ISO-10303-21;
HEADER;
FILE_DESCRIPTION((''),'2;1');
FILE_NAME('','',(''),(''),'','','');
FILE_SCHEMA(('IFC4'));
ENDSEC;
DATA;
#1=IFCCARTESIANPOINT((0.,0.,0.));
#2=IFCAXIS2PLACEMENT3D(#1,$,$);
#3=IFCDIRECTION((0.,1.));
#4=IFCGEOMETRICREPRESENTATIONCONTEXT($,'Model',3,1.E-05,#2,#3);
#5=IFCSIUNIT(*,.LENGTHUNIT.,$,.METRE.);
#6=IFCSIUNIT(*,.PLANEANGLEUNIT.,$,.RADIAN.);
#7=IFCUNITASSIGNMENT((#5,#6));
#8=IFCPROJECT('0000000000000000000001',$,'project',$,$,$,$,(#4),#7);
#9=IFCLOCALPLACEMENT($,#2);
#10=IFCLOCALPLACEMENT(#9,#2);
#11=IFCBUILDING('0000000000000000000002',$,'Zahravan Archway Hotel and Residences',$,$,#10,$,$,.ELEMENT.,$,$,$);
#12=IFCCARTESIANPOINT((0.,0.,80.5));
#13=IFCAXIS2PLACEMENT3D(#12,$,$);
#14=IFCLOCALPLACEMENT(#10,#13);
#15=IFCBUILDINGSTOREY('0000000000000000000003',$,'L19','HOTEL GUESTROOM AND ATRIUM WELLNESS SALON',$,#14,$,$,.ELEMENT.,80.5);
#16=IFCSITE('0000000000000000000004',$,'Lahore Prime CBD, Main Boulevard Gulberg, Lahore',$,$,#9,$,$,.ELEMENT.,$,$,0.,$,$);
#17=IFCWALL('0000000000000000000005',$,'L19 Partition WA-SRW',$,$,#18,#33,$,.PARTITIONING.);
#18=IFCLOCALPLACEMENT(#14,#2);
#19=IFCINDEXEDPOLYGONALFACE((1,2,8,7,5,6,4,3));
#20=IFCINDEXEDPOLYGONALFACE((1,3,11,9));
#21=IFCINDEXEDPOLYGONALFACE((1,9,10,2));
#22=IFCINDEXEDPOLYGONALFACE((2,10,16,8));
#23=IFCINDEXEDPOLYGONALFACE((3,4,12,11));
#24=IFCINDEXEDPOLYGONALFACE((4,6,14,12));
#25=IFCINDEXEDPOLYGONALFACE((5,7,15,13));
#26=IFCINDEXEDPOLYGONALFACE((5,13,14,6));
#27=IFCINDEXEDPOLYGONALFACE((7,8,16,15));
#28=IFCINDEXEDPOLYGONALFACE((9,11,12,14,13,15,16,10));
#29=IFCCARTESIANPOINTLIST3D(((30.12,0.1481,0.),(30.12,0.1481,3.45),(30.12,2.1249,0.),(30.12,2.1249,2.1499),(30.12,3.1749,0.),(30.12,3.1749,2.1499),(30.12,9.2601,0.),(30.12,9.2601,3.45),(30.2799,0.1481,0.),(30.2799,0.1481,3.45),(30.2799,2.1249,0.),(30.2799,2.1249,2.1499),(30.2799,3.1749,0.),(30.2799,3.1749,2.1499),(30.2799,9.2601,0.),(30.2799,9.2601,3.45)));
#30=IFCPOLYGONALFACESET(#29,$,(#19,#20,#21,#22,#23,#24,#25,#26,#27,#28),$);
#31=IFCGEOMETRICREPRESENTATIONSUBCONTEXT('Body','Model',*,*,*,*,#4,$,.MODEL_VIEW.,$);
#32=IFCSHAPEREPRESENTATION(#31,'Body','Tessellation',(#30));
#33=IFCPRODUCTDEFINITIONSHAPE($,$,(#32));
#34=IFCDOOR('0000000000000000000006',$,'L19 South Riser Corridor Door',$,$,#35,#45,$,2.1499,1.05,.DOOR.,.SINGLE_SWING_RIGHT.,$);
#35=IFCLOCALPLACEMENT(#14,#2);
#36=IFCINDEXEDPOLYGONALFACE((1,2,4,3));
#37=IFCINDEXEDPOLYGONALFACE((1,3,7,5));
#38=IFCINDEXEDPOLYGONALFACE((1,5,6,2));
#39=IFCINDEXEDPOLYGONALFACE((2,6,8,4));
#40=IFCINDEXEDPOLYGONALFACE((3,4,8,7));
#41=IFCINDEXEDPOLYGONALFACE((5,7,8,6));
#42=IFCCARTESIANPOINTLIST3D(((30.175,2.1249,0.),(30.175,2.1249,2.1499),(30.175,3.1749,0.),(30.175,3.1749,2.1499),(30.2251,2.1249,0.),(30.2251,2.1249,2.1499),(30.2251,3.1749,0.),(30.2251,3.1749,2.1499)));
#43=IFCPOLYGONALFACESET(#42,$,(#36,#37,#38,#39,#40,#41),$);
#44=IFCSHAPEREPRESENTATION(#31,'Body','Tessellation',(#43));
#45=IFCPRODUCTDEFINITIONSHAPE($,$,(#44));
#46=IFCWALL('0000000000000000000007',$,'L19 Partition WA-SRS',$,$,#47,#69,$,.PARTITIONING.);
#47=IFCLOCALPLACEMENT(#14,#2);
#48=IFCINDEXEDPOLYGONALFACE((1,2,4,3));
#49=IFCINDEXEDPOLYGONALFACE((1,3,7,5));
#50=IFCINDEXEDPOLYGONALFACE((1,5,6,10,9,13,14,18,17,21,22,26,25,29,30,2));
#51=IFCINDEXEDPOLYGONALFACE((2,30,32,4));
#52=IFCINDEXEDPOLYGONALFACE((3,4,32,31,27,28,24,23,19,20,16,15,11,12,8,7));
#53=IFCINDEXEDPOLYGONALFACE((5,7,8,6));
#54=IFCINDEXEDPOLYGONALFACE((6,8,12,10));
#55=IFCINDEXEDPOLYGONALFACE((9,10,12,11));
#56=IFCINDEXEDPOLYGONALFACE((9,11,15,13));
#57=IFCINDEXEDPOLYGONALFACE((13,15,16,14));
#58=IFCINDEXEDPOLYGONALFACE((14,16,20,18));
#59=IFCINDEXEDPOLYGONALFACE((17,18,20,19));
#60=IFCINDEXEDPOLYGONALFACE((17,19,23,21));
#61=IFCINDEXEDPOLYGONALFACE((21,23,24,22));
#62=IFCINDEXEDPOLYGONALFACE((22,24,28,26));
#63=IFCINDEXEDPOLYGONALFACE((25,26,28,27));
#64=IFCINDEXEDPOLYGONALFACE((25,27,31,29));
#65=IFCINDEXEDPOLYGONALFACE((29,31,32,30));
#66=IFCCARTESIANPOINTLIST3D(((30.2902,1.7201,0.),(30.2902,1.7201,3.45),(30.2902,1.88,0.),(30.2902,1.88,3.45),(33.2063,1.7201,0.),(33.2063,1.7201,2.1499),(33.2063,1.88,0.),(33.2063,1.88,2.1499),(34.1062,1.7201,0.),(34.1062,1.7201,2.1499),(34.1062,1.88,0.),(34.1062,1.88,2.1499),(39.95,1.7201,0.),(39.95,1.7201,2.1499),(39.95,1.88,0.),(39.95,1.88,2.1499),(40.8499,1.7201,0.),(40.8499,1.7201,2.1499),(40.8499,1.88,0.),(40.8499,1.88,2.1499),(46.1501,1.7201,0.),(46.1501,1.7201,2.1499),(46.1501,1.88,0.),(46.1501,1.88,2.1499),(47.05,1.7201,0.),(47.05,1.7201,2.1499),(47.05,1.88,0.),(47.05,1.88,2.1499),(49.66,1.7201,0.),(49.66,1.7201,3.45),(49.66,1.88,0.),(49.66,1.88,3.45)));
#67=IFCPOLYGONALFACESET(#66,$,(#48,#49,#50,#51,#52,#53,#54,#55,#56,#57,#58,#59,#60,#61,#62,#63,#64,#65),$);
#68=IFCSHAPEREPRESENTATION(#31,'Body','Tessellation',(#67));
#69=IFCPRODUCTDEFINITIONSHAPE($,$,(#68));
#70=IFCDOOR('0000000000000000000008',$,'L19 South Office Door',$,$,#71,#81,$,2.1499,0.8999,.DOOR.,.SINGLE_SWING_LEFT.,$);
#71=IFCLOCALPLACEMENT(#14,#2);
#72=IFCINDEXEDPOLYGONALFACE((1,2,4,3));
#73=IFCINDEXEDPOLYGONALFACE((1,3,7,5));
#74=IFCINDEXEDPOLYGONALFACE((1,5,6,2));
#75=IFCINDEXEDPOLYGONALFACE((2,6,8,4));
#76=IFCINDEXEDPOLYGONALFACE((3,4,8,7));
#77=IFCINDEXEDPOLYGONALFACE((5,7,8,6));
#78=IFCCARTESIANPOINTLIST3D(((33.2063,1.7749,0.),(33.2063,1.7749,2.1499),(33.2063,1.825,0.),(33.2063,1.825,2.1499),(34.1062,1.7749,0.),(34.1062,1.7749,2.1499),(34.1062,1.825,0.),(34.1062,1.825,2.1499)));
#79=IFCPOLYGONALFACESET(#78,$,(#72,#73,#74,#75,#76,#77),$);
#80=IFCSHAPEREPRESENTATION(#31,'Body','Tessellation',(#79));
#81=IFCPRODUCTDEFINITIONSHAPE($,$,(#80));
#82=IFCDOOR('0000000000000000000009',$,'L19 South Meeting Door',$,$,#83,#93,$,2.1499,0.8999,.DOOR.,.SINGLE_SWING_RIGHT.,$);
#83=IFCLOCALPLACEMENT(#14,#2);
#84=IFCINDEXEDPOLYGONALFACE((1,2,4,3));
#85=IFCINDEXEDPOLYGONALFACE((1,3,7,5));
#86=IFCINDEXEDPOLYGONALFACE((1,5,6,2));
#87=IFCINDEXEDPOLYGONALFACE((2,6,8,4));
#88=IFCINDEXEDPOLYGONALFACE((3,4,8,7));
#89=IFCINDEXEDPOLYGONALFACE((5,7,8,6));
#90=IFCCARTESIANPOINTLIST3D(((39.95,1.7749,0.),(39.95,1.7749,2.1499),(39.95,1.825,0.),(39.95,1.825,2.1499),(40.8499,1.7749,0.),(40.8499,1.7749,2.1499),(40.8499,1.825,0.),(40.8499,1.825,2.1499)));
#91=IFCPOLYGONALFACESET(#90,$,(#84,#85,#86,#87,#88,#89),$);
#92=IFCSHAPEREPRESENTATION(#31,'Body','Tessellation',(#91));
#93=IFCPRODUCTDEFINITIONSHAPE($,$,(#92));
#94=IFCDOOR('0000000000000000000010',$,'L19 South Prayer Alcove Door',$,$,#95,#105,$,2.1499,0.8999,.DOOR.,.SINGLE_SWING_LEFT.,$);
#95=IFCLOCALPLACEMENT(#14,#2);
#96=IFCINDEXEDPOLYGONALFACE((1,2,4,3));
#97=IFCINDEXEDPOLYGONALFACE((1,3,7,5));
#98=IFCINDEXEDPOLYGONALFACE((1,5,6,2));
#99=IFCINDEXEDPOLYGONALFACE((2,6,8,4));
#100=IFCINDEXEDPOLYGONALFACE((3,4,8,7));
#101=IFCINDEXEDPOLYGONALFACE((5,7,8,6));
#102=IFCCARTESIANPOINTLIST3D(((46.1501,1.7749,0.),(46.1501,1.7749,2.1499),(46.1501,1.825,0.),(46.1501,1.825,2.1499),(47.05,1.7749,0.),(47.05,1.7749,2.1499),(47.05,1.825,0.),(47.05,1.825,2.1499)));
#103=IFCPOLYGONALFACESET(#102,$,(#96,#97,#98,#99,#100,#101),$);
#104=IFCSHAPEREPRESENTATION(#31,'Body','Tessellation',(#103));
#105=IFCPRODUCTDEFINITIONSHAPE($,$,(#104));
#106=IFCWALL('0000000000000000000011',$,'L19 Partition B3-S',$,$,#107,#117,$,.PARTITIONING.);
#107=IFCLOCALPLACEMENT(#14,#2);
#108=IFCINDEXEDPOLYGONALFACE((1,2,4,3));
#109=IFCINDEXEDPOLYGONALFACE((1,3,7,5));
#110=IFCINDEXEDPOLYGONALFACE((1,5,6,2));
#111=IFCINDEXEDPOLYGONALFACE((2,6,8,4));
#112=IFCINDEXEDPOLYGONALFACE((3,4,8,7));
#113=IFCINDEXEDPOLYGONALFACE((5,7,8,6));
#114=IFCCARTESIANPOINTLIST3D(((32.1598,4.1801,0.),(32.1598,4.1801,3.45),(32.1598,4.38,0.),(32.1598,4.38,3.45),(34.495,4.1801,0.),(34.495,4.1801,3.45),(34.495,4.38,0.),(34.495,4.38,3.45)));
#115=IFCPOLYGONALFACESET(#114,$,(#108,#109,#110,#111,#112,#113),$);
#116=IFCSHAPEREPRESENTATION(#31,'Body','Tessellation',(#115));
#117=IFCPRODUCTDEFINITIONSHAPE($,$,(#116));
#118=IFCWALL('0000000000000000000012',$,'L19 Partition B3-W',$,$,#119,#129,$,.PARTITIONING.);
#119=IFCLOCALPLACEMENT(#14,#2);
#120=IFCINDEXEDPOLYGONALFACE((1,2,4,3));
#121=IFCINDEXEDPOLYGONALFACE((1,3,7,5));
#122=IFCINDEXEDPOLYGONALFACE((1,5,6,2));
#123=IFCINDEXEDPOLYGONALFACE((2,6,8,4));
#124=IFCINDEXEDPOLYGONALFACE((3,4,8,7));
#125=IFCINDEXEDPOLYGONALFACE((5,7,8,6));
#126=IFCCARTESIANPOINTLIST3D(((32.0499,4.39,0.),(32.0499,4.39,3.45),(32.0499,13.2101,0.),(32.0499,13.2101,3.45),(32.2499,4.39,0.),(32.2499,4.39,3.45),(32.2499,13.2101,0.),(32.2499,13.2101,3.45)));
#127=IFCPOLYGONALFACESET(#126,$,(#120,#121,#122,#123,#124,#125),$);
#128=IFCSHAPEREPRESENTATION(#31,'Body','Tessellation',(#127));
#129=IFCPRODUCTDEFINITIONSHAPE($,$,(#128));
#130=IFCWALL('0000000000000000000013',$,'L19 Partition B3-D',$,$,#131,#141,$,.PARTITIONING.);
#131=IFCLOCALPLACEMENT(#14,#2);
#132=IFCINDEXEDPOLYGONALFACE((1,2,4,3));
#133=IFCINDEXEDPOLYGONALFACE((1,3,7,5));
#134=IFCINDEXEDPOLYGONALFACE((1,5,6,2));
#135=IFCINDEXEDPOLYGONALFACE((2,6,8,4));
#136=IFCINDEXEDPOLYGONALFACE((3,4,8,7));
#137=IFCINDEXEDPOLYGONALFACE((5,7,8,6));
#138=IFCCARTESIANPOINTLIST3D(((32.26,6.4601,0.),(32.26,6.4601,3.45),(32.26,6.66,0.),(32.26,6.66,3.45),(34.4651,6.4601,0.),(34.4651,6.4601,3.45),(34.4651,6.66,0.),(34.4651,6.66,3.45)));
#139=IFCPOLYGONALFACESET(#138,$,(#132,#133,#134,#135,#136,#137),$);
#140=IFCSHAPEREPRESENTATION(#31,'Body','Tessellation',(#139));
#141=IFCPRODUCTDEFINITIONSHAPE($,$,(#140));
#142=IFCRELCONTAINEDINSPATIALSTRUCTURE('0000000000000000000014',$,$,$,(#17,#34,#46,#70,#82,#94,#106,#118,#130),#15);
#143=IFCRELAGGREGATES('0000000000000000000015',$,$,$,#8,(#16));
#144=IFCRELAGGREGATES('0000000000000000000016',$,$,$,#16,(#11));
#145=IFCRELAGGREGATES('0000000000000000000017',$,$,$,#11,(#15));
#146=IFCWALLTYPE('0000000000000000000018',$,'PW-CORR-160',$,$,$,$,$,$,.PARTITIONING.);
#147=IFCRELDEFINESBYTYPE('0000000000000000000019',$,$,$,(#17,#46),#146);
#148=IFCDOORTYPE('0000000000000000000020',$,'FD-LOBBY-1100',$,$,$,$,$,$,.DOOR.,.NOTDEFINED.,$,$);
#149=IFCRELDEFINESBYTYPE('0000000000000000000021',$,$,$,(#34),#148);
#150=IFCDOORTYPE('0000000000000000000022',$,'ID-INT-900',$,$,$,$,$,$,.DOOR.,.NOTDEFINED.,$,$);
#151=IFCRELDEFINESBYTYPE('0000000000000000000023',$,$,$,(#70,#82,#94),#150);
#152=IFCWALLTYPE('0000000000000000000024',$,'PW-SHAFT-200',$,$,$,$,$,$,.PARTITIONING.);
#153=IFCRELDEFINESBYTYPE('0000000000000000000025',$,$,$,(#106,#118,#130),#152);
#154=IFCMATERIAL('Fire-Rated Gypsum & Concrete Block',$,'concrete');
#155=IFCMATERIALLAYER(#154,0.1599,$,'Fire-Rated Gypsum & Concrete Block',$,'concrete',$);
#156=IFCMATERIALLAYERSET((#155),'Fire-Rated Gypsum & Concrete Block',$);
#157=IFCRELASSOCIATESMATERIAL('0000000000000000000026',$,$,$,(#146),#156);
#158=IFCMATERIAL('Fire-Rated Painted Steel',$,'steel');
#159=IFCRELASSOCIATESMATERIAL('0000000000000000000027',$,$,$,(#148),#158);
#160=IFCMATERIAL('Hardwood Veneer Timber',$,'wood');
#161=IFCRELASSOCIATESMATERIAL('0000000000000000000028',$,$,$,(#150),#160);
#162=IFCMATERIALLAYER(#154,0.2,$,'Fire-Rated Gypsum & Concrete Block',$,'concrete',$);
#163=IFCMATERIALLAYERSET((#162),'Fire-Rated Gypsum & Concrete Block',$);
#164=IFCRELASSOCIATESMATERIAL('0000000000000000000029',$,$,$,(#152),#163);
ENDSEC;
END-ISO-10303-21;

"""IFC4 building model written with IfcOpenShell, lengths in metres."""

from ifc_helpers import new_model, si_unit, direction, frame, frame_2d, origin, place, context, subcontext, project, spatial, rectangle, extrude, source, transform, mapped, material, layer, layer_set, type_object, type_shapes, element, fill, save


model = new_model("IFC4")

# Units and contexts
model_context = context("Model", 3, precision=1e-05, world=origin(), true_north=direction((0.0, 1.0)))
body_context = subcontext(model_context, "Body", "Model", "MODEL_VIEW")
ifc_project = project(units=[si_unit("LENGTHUNIT", "METRE"), si_unit("PLANEANGLEUNIT", "RADIAN")], contexts=[model_context])

# Site, building, storey
site_placement = place(None, origin())
site = spatial("IfcSite", under=ifc_project, at=site_placement, Name="Lahore Prime CBD, Main Boulevard Gulberg, Lahore", CompositionType="ELEMENT", RefElevation=0.0)
building_placement = place(site_placement, origin())
building = spatial("IfcBuilding", under=site, at=building_placement, Name="Zahravan Archway Hotel and Residences", CompositionType="ELEMENT")
storey_placement = place(building_placement, frame((0.0, 0.0, 80.5)))
storey = spatial("IfcBuildingStorey", under=building, at=storey_placement, Name="L19", Description="HOTEL GUESTROOM AND ATRIUM WELLNESS SALON", CompositionType="ELEMENT", Elevation=80.5)

# Shared definitions
ifc_material_1 = material(Name="Fire-Rated Painted Steel", Category="steel")

# Wall, opening, door
ifc_material_2 = material(Name="Fire-Rated Gypsum & Concrete Block", Category="concrete")
ifc_layer_1 = layer(ifc_material_2, 0.1599, Name="Fire-Rated Gypsum & Concrete Block", Category="concrete")
ifc_layer_set_1 = layer_set([ifc_layer_1], Name="Fire-Rated Gypsum & Concrete Block")
wall_type_1 = type_object("IfcWallType", Name="PW-CORR-160", PredefinedType="PARTITIONING", material=ifc_layer_set_1)
wall_1_placement = place(storey_placement, frame((30.2, 0.1479, 0.0), z_axis=(0.0, 0.0, 1.0), x_axis=(0.0, 1.0, 0.0)))
wall_1 = element("IfcWall", 1, at=wall_1_placement, inside=storey, type_object=wall_type_1, Name="L19 Partition WA-SRW", PredefinedType="PARTITIONING", context=body_context, shape_type="SweptSolid", body=[
    extrude(rectangle(XDim=9.1121, YDim=0.1599, at=frame_2d((4.5562, 0.0))), origin(), (0.0, 0.0, 1.0), 3.45),
])
opening_1_placement = place(wall_1_placement, frame((1.9771, 0.0, 0.0)))
opening_1 = element("IfcOpeningElement", 2, at=opening_1_placement, cuts=wall_1, PredefinedType="OPENING", context=body_context, shape_type="SweptSolid", body=[
    extrude(rectangle(XDim=1.05, YDim=2.1499, at=frame_2d((0.5249, 1.075))), frame((0.0, 0.0898, 0.0), z_axis=(0.0, -1.0, 0.0), x_axis=(1.0, 0.0, 0.0)), (0.0, 0.0, 1.0), 0.1799),
])
door_type_1 = type_object("IfcDoorType", Name="FD-LOBBY-1100", OperationType="NOTDEFINED", PredefinedType="DOOR", material=ifc_material_1)
shared_shape_1 = source(origin(), body_context, "Body", "SweptSolid", [
    extrude(rectangle(XDim=1.05, YDim=2.1499, at=frame_2d((0.5249, 1.075))), frame((0.0, 0.0249, 0.0), z_axis=(0.0, -1.0, 0.0), x_axis=(1.0, 0.0, 0.0)), (0.0, 0.0, 1.0), 0.05),
])
type_shapes(door_type_1, [shared_shape_1])
door_1_placement = place(opening_1_placement, origin())
door_1 = element("IfcDoor", 3, at=door_1_placement, inside=storey, type_object=door_type_1, Name="L19 South Riser Corridor Door", OperationType="SINGLE_SWING_RIGHT", OverallHeight=2.1499, OverallWidth=1.05, PredefinedType="DOOR", context=body_context, shape_type="MappedRepresentation", body=[
    mapped(shared_shape_1, transform((0.0, 0.0, 0.0), scale=1.0)),
])
fill(opening_1, door_1)

# Wall, openings, doors
wall_2_placement = place(storey_placement, frame((30.29, 1.8, 0.0), z_axis=(0.0, 0.0, 1.0), x_axis=(1.0, 0.0, 0.0)))
wall_2 = element("IfcWall", 4, at=wall_2_placement, inside=storey, type_object=wall_type_1, Name="L19 Partition WA-SRS", PredefinedType="PARTITIONING", context=body_context, shape_type="SweptSolid", body=[
    extrude(rectangle(XDim=19.3699, YDim=0.1599, at=frame_2d((9.6851, 0.0))), origin(), (0.0, 0.0, 1.0), 3.45),
])
opening_2_placement = place(wall_2_placement, frame((2.9163, 0.0, 0.0)))
opening_2 = element("IfcOpeningElement", 5, at=opening_2_placement, cuts=wall_2, PredefinedType="OPENING", context=body_context, shape_type="SweptSolid", body=[
    extrude(rectangle(XDim=0.8999, YDim=2.1499, at=frame_2d((0.45, 1.075))), frame((0.0, 0.0898, 0.0), z_axis=(0.0, -1.0, 0.0), x_axis=(1.0, 0.0, 0.0)), (0.0, 0.0, 1.0), 0.1799),
])
opening_3_placement = place(wall_2_placement, frame((9.6599, 0.0, 0.0)))
opening_3 = element("IfcOpeningElement", 6, at=opening_3_placement, cuts=wall_2, PredefinedType="OPENING", context=body_context, shape_type="SweptSolid", body=[
    extrude(rectangle(XDim=0.8999, YDim=2.1499, at=frame_2d((0.45, 1.075))), frame((0.0, 0.0898, 0.0), z_axis=(0.0, -1.0, 0.0), x_axis=(1.0, 0.0, 0.0)), (0.0, 0.0, 1.0), 0.1799),
])
opening_4_placement = place(wall_2_placement, frame((15.8601, 0.0, 0.0)))
opening_4 = element("IfcOpeningElement", 7, at=opening_4_placement, cuts=wall_2, PredefinedType="OPENING", context=body_context, shape_type="SweptSolid", body=[
    extrude(rectangle(XDim=0.8999, YDim=2.1499, at=frame_2d((0.45, 1.075))), frame((0.0, 0.0898, 0.0), z_axis=(0.0, -1.0, 0.0), x_axis=(1.0, 0.0, 0.0)), (0.0, 0.0, 1.0), 0.1799),
])
ifc_material_3 = material(Name="Hardwood Veneer Timber", Category="wood")
door_type_2 = type_object("IfcDoorType", Name="ID-INT-900", OperationType="NOTDEFINED", PredefinedType="DOOR", material=ifc_material_3)
shared_shape_2 = source(origin(), body_context, "Body", "SweptSolid", [
    extrude(rectangle(XDim=0.8999, YDim=2.1499, at=frame_2d((0.45, 1.075))), frame((0.0, 0.0249, 0.0), z_axis=(0.0, -1.0, 0.0), x_axis=(1.0, 0.0, 0.0)), (0.0, 0.0, 1.0), 0.05),
])
type_shapes(door_type_2, [shared_shape_2])
door_2_placement = place(opening_2_placement, origin())
door_2 = element("IfcDoor", 8, at=door_2_placement, inside=storey, type_object=door_type_2, Name="L19 South Office Door", OperationType="SINGLE_SWING_LEFT", OverallHeight=2.1499, OverallWidth=0.8999, PredefinedType="DOOR", context=body_context, shape_type="MappedRepresentation", body=[
    mapped(shared_shape_2, transform((0.0, 0.0, 0.0), scale=1.0)),
])
fill(opening_2, door_2)
door_3_placement = place(opening_3_placement, origin())
door_3 = element("IfcDoor", 9, at=door_3_placement, inside=storey, type_object=door_type_2, Name="L19 South Meeting Door", OperationType="SINGLE_SWING_RIGHT", OverallHeight=2.1499, OverallWidth=0.8999, PredefinedType="DOOR", context=body_context, shape_type="MappedRepresentation", body=[
    mapped(shared_shape_2, transform((0.0, 0.0, 0.0), scale=1.0)),
])
fill(opening_3, door_3)
door_4_placement = place(opening_4_placement, origin())
door_4 = element("IfcDoor", 10, at=door_4_placement, inside=storey, type_object=door_type_2, Name="L19 South Prayer Alcove Door", OperationType="SINGLE_SWING_LEFT", OverallHeight=2.1499, OverallWidth=0.8999, PredefinedType="DOOR", context=body_context, shape_type="MappedRepresentation", body=[
    mapped(shared_shape_2, transform((0.0, 0.0, 0.0), scale=1.0)),
])
fill(opening_4, door_4)

# Walls
ifc_layer_2 = layer(ifc_material_2, 0.2, Name="Fire-Rated Gypsum & Concrete Block", Category="concrete")
ifc_layer_set_2 = layer_set([ifc_layer_2], Name="Fire-Rated Gypsum & Concrete Block")
wall_type_2 = type_object("IfcWallType", Name="PW-SHAFT-200", PredefinedType="PARTITIONING", material=ifc_layer_set_2)
wall_3_placement = place(storey_placement, frame((32.1599, 4.28, 0.0), z_axis=(0.0, 0.0, 1.0), x_axis=(1.0, 0.0, 0.0)))
element("IfcWall", 11, at=wall_3_placement, inside=storey, type_object=wall_type_2, Name="L19 Partition B3-S", PredefinedType="PARTITIONING", context=body_context, shape_type="SweptSolid", body=[
    extrude(rectangle(XDim=2.3352, YDim=0.2, at=frame_2d((1.1675, 0.0))), origin(), (0.0, 0.0, 1.0), 3.45),
])
wall_4_placement = place(storey_placement, frame((32.1499, 4.3899, 0.0), z_axis=(0.0, 0.0, 1.0), x_axis=(0.0, 1.0, 0.0)))
element("IfcWall", 12, at=wall_4_placement, inside=storey, type_object=wall_type_2, Name="L19 Partition B3-W", PredefinedType="PARTITIONING", context=body_context, shape_type="SweptSolid", body=[
    extrude(rectangle(XDim=8.8201, YDim=0.2, at=frame_2d((4.4102, 0.0))), origin(), (0.0, 0.0, 1.0), 3.45),
])
wall_5_placement = place(storey_placement, frame((32.26, 6.5601, 0.0), z_axis=(0.0, 0.0, 1.0), x_axis=(1.0, 0.0, 0.0)))
element("IfcWall", 13, at=wall_5_placement, inside=storey, type_object=wall_type_2, Name="L19 Partition B3-D", PredefinedType="PARTITIONING", context=body_context, shape_type="SweptSolid", body=[
    extrude(rectangle(XDim=2.2051, YDim=0.2, at=frame_2d((1.1025, 0.0))), origin(), (0.0, 0.0, 1.0), 3.45),
])

save(model, "model.ifc")
